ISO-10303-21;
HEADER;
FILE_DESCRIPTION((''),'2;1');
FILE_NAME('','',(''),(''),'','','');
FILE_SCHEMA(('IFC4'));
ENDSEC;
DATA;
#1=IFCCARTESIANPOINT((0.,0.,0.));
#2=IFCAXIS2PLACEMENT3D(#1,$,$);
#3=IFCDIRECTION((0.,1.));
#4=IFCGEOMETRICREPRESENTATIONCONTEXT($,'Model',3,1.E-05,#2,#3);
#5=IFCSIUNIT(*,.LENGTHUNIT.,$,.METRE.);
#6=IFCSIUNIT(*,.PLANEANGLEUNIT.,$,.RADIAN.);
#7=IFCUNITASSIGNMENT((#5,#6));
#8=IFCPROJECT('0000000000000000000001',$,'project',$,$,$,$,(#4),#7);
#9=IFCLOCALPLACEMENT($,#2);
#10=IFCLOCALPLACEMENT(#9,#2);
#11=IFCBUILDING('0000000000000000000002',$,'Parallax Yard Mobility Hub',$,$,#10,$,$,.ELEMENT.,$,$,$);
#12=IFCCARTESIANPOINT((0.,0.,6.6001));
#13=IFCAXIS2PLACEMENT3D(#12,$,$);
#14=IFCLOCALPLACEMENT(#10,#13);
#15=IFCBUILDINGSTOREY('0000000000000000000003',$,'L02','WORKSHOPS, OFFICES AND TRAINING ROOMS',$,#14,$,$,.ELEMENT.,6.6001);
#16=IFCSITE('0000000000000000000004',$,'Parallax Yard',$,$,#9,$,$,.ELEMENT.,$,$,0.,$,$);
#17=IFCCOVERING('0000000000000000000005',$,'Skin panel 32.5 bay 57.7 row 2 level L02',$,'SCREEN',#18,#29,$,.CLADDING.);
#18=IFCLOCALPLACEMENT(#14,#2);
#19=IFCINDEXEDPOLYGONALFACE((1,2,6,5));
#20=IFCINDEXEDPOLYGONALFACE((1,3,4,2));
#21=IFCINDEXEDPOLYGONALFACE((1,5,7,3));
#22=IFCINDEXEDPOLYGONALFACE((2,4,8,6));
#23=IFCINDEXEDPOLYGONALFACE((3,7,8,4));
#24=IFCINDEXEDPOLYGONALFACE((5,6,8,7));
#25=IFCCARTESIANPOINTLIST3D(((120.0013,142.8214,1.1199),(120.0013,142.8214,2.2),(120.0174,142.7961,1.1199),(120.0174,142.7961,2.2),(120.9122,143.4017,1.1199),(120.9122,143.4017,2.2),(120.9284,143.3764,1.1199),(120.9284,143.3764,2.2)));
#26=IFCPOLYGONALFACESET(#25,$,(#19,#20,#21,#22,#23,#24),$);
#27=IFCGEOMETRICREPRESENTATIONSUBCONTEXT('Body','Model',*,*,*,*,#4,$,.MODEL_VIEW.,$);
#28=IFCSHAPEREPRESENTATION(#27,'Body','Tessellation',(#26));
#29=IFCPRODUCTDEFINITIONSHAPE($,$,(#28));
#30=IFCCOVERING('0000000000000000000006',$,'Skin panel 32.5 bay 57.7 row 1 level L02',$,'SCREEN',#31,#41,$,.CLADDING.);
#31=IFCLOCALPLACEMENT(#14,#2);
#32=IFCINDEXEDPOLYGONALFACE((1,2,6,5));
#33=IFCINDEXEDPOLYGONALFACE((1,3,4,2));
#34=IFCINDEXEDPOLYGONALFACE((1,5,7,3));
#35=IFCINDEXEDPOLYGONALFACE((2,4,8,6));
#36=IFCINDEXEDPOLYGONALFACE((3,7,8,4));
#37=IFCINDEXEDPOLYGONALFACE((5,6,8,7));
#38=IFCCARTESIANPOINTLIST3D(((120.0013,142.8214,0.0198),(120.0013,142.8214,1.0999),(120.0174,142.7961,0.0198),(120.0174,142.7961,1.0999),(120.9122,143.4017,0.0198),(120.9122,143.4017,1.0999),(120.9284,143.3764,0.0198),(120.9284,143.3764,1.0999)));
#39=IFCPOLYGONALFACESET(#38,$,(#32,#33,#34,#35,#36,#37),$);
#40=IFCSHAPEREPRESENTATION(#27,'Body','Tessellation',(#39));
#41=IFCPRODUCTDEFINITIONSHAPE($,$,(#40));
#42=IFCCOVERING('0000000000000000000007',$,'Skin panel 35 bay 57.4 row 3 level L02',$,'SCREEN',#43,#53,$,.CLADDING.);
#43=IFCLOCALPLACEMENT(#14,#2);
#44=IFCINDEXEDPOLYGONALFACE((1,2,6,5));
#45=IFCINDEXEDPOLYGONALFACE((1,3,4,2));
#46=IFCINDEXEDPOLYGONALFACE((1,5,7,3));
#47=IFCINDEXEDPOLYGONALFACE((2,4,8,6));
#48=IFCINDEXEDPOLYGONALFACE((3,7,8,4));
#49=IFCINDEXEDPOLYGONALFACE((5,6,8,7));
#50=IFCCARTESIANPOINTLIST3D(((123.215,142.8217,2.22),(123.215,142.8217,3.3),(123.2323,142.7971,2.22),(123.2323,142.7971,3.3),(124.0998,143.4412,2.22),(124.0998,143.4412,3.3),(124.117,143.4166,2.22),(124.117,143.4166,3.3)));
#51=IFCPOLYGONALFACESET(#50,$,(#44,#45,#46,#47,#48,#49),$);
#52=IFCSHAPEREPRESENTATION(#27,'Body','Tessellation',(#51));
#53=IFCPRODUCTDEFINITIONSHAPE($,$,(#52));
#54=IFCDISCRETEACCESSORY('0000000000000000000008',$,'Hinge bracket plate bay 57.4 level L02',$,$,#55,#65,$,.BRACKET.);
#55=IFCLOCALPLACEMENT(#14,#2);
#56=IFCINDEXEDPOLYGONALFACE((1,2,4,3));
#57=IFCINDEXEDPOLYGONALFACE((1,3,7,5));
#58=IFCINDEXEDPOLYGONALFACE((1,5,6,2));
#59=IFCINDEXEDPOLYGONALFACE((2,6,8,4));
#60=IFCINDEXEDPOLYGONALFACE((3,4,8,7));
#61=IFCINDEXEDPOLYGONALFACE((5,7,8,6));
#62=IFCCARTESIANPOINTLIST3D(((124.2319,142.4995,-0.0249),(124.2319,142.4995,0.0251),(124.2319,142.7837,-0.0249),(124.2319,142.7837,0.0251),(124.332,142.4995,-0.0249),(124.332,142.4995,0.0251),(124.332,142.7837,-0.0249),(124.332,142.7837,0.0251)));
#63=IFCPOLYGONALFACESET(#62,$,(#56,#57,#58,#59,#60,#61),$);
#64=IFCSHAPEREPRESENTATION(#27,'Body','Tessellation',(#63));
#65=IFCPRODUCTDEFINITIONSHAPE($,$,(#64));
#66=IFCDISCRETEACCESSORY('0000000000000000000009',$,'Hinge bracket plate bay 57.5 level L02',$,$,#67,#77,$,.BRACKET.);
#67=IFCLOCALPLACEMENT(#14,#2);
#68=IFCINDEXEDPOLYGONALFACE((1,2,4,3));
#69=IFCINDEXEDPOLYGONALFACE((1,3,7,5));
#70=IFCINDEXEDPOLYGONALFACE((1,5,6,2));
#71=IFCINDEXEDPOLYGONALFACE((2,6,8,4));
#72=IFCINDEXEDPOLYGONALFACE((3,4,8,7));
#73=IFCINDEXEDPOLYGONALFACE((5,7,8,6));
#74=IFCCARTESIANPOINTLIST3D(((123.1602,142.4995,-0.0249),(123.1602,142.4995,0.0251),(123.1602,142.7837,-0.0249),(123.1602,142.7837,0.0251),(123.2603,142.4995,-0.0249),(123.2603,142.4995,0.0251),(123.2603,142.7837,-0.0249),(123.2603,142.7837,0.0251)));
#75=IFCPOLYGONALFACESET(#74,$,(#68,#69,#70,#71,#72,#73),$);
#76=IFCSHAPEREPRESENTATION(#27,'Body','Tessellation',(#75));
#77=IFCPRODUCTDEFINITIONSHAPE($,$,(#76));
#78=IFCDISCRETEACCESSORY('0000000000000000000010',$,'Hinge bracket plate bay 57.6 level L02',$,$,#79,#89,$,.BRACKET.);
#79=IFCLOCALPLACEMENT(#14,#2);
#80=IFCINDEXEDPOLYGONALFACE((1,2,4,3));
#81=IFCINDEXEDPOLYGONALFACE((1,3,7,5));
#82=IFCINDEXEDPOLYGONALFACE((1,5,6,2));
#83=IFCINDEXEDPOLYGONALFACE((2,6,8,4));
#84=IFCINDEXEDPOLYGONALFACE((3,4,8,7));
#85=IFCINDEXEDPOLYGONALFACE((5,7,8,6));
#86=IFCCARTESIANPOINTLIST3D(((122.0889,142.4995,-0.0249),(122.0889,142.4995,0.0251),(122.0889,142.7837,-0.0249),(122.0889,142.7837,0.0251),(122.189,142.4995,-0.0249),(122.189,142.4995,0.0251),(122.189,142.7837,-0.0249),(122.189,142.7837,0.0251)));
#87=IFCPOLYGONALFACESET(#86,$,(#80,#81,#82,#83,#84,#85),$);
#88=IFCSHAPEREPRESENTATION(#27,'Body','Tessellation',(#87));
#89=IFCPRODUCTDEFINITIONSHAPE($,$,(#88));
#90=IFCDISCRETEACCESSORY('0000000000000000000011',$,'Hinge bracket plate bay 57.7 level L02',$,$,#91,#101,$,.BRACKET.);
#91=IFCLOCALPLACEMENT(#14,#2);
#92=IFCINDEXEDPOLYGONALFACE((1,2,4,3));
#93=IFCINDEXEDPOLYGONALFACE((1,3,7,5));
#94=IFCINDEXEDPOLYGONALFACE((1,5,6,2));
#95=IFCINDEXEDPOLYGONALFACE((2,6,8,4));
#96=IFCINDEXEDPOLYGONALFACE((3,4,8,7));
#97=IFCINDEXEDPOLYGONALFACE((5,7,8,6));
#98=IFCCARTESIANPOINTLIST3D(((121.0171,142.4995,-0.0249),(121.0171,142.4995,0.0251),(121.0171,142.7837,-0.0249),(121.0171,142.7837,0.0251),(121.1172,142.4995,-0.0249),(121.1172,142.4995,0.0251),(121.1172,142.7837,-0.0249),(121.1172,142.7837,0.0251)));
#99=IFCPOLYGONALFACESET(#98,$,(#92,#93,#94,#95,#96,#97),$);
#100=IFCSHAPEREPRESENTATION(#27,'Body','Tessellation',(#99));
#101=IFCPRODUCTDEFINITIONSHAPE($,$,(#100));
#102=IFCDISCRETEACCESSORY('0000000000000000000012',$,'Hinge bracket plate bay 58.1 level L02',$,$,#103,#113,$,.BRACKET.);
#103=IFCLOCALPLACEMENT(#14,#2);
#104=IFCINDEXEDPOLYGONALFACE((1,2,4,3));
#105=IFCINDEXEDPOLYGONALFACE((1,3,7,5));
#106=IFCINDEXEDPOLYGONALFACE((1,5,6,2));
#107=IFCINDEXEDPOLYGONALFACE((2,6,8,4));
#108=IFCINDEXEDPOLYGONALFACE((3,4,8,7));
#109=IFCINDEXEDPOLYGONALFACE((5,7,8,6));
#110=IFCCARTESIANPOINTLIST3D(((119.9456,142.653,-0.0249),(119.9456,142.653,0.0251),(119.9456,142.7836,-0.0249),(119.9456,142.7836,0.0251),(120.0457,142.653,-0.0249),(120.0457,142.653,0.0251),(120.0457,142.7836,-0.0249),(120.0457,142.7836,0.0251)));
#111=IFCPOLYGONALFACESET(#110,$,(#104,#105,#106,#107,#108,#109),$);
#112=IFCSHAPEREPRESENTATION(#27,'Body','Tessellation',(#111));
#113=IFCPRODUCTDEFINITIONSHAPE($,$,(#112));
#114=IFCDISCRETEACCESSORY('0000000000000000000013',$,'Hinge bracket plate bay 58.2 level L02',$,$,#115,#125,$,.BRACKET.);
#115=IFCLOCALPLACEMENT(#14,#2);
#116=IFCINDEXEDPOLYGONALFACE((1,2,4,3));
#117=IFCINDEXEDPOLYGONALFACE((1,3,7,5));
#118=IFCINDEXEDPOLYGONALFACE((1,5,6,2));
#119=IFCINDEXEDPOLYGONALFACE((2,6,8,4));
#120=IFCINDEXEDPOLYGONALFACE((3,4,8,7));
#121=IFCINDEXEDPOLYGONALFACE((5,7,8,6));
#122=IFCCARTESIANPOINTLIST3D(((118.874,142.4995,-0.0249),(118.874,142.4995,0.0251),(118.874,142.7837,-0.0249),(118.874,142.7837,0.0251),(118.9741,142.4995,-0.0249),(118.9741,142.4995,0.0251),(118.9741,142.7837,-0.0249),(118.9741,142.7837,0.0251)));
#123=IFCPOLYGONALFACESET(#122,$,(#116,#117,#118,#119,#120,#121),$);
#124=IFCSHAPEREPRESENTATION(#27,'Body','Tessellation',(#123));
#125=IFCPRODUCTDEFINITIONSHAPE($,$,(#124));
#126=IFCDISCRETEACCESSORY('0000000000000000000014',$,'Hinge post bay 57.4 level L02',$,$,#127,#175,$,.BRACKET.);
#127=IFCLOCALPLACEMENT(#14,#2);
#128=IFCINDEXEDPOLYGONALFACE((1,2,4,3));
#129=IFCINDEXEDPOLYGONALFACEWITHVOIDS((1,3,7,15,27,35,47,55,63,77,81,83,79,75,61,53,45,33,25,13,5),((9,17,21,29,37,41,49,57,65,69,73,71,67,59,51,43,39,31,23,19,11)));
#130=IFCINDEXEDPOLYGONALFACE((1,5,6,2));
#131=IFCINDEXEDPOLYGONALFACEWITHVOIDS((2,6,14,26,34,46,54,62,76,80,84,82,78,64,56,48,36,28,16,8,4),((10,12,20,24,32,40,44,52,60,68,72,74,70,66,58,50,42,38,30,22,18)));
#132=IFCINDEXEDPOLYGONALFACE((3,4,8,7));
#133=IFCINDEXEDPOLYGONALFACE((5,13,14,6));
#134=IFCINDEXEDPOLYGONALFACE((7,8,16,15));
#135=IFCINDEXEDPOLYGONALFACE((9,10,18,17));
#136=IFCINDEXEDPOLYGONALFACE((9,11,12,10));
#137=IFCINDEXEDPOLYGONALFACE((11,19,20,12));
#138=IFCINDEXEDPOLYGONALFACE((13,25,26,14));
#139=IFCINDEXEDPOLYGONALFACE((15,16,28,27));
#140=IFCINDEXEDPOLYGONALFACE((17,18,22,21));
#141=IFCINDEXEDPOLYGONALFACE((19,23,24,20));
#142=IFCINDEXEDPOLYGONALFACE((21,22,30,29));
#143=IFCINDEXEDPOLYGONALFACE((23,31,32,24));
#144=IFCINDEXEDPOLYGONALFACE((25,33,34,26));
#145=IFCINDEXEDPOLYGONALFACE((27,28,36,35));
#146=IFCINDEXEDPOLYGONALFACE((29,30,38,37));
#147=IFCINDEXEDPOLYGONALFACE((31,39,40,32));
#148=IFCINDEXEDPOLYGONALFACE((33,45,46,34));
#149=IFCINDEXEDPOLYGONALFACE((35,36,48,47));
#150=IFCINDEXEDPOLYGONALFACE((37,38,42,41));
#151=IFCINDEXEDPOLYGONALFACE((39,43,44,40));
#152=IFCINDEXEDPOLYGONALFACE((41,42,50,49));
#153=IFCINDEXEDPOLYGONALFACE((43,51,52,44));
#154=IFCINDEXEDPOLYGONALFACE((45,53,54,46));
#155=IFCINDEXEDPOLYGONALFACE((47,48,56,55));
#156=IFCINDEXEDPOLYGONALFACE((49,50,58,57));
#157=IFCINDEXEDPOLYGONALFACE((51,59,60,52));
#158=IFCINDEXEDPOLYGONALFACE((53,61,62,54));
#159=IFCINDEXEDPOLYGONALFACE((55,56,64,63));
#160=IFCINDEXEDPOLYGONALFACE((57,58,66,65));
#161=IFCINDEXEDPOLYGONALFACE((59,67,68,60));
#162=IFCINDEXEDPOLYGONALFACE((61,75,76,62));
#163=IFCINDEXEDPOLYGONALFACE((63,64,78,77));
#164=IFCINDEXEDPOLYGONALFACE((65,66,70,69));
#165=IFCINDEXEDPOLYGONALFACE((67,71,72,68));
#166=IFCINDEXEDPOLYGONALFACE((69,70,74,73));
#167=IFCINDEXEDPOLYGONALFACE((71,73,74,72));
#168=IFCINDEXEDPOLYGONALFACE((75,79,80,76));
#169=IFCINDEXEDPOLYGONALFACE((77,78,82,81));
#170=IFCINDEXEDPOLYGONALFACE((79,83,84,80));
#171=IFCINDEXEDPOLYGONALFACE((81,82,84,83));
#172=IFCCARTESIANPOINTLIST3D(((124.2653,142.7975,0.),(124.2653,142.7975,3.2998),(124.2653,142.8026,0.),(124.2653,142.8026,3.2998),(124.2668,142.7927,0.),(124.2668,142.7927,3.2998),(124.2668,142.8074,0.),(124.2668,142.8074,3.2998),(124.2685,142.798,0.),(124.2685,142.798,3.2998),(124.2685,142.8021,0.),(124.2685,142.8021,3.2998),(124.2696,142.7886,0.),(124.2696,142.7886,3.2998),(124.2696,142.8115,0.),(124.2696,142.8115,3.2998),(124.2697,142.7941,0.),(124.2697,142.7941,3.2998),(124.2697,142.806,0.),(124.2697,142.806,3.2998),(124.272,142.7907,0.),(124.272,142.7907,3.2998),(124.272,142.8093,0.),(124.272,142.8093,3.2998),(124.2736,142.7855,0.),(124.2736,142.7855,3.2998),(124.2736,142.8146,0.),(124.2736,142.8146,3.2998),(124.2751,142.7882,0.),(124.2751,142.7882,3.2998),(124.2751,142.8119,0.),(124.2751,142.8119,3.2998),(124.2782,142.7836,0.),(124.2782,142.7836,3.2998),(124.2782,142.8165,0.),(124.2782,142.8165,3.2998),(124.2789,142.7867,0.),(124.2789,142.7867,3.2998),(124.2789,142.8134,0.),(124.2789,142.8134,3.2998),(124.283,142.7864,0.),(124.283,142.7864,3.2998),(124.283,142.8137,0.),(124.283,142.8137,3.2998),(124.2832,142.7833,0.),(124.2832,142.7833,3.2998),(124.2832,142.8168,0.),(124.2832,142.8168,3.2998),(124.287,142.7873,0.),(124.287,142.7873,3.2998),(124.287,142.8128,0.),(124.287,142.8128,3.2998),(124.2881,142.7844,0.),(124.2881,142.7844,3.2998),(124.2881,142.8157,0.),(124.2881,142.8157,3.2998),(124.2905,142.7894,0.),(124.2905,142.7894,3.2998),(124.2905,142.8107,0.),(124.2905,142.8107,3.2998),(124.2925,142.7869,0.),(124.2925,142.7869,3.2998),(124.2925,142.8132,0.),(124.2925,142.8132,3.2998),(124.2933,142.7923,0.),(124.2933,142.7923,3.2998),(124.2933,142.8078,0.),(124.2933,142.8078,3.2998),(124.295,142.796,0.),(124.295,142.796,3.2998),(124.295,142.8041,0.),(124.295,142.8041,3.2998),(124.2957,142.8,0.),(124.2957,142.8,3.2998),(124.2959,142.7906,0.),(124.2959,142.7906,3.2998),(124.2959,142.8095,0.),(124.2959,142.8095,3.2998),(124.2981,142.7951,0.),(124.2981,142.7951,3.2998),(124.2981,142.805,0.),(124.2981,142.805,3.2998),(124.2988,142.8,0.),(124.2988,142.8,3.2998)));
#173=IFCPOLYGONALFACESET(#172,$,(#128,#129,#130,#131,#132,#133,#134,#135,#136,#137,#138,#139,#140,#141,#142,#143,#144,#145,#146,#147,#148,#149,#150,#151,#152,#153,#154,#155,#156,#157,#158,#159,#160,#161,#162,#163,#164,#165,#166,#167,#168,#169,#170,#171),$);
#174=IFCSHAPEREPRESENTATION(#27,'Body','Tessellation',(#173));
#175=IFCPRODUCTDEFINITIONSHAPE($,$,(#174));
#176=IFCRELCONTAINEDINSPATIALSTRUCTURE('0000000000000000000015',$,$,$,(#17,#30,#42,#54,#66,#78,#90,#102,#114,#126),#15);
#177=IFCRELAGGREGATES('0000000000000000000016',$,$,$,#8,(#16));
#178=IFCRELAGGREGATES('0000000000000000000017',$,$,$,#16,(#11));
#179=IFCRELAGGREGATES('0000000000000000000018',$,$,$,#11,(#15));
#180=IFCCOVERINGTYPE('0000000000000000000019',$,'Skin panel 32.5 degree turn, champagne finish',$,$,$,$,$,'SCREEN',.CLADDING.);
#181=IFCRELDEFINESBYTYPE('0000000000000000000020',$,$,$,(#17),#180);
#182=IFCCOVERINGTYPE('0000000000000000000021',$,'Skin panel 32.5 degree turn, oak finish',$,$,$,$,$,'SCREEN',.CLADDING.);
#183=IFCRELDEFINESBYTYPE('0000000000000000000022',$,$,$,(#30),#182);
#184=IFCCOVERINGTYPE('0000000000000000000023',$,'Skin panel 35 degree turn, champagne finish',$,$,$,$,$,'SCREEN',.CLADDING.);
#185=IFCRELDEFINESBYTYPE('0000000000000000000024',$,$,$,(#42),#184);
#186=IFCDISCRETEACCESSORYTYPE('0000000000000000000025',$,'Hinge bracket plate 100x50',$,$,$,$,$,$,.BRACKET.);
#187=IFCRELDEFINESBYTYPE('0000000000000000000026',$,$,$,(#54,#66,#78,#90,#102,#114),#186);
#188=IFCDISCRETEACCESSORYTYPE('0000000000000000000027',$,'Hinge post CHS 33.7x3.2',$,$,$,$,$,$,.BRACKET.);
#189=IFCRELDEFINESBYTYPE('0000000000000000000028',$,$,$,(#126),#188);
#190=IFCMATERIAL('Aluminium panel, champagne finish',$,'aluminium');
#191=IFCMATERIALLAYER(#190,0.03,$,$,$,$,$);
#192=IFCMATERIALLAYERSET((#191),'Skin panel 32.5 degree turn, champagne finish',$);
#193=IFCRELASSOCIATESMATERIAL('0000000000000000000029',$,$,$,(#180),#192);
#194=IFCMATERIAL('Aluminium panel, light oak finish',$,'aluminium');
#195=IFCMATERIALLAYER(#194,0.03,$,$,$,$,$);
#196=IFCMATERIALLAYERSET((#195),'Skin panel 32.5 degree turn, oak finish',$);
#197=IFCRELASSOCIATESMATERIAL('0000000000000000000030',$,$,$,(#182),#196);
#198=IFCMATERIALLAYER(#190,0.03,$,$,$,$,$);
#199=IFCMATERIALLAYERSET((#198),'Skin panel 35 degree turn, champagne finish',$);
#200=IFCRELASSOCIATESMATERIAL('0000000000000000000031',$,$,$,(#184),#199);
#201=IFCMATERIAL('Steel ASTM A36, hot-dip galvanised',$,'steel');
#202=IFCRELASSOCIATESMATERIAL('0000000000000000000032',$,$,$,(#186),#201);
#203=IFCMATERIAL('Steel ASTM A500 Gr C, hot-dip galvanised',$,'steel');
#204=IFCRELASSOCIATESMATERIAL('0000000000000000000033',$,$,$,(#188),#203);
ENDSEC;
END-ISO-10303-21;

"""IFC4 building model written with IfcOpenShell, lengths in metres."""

from ifc_helpers import new_model, si_unit, direction, frame, origin, origin_2d, place, context, subcontext, project, spatial, rectangle, hollow_circle, extrude, material, layer, layer_set, material_profile, profile_set, type_object, element, save


model = new_model("IFC4")

# Units and contexts
model_context = context("Model", 3, precision=1e-05, world=origin(), true_north=direction((0.0, 1.0)))
body_context = subcontext(model_context, "Body", "Model", "MODEL_VIEW")
ifc_project = project(units=[si_unit("LENGTHUNIT", "METRE"), si_unit("PLANEANGLEUNIT", "RADIAN")], contexts=[model_context])

# Site, building, storey
site_placement = place(None, origin())
site = spatial("IfcSite", under=ifc_project, at=site_placement, Name="Parallax Yard", CompositionType="ELEMENT", RefElevation=0.0)
building_placement = place(site_placement, origin())
building = spatial("IfcBuilding", under=site, at=building_placement, Name="Parallax Yard Mobility Hub", CompositionType="ELEMENT")
storey_placement = place(building_placement, frame((0.0, 0.0, 6.6001)))
storey = spatial("IfcBuildingStorey", under=building, at=storey_placement, Name="L02", Description="WORKSHOPS, OFFICES AND TRAINING ROOMS", CompositionType="ELEMENT", Elevation=6.6001)

# Coverings
ifc_material_1 = material(Name="Aluminium panel, champagne finish", Category="aluminium")
ifc_material_2 = material(Name="Aluminium panel, light oak finish", Category="aluminium")
ifc_layer_1 = layer(ifc_material_1, 0.03)
ifc_layer_set_1 = layer_set([ifc_layer_1], Name="Skin panel 32.5 degree turn, champagne finish")
covering_type_1 = type_object("IfcCoveringType", Name="Skin panel 32.5 degree turn, champagne finish", ElementType="SCREEN", PredefinedType="CLADDING", material=ifc_layer_set_1)
for number, where, z_axis, x_axis, name in (
    (1, (120.4648, 143.0989, 1.1199), (0.0, 0.0, 1.0), (0.843391, 0.5373, 0.0), "Skin panel 32.5 bay 57.7 row 2 level L02"),
):
    element("IfcCovering", number, at=place(storey_placement, frame(where, z_axis=z_axis, x_axis=x_axis)), inside=storey, type_object=covering_type_1, Name=name, ObjectType="SCREEN", PredefinedType="CLADDING", context=body_context, shape_type="SweptSolid", body=[
        extrude(rectangle(XDim=1.0801, YDim=0.03, at=origin_2d()), origin(), (0.0, 0.0, 1.0), 1.0801),
    ])
ifc_layer_2 = layer(ifc_material_2, 0.03)
ifc_layer_set_2 = layer_set([ifc_layer_2], Name="Skin panel 32.5 degree turn, oak finish")
covering_type_2 = type_object("IfcCoveringType", Name="Skin panel 32.5 degree turn, oak finish", ElementType="SCREEN", PredefinedType="CLADDING", material=ifc_layer_set_2)
covering_1_placement = place(storey_placement, frame((120.4648, 143.0989, 0.0198), z_axis=(0.0, 0.0, 1.0), x_axis=(0.843391, 0.5373, 0.0)))
element("IfcCovering", 2, at=covering_1_placement, inside=storey, type_object=covering_type_2, Name="Skin panel 32.5 bay 57.7 row 1 level L02", ObjectType="SCREEN", PredefinedType="CLADDING", context=body_context, shape_type="SweptSolid", body=[
    extrude(rectangle(XDim=1.0801, YDim=0.03, at=origin_2d()), origin(), (0.0, 0.0, 1.0), 1.0801),
])
ifc_layer_3 = layer(ifc_material_1, 0.03)
ifc_layer_set_3 = layer_set([ifc_layer_3], Name="Skin panel 35 degree turn, champagne finish")
covering_type_3 = type_object("IfcCoveringType", Name="Skin panel 35 degree turn, champagne finish", ElementType="SCREEN", PredefinedType="CLADDING", material=ifc_layer_set_3)
covering_2_placement = place(storey_placement, frame((123.666, 143.1191, 2.22), z_axis=(0.0, 0.0, 1.0), x_axis=(0.819152, 0.573576, 0.0)))
element("IfcCovering", 3, at=covering_2_placement, inside=storey, type_object=covering_type_3, Name="Skin panel 35 bay 57.4 row 3 level L02", ObjectType="SCREEN", PredefinedType="CLADDING", context=body_context, shape_type="SweptSolid", body=[
    extrude(rectangle(XDim=1.0801, YDim=0.03, at=origin_2d()), origin(), (0.0, 0.0, 1.0), 1.0801),
])

# Discrete accessories
ifc_material_3 = material(Name="Steel ASTM A36, hot-dip galvanised", Category="steel")
discrete_accessory_type_1 = type_object("IfcDiscreteAccessoryType", Name="Hinge bracket plate 100x50", PredefinedType="BRACKET", material=ifc_material_3)
for number, where, z_axis, x_axis, name in (
    (4, (124.282, 142.6416, -0.0249), (0.0, 0.0, 1.0), (0.0, 1.0, 0.0), "Hinge bracket plate bay 57.4 level L02"),
    (5, (123.2102, 142.6416, -0.0249), (0.0, 0.0, 1.0), (0.0, 1.0, 0.0), "Hinge bracket plate bay 57.5 level L02"),
    (6, (122.1389, 142.6416, -0.0249), (0.0, 0.0, 1.0), (0.0, 1.0, 0.0), "Hinge bracket plate bay 57.6 level L02"),
    (7, (121.0671, 142.6416, -0.0249), (0.0, 0.0, 1.0), (0.0, 1.0, 0.0), "Hinge bracket plate bay 57.7 level L02"),
):
    element("IfcDiscreteAccessory", number, at=place(storey_placement, frame(where, z_axis=z_axis, x_axis=x_axis)), inside=storey, type_object=discrete_accessory_type_1, Name=name, PredefinedType="BRACKET", context=body_context, shape_type="SweptSolid", body=[
        extrude(rectangle(XDim=0.2842, YDim=0.1001, at=origin_2d()), origin(), (0.0, 0.0, 1.0), 0.05),
    ])
discrete_accessory_1_placement = place(storey_placement, frame((119.9956, 142.7183, -0.0249), z_axis=(0.0, 0.0, 1.0), x_axis=(0.0, 1.0, 0.0)))
element("IfcDiscreteAccessory", 8, at=discrete_accessory_1_placement, inside=storey, type_object=discrete_accessory_type_1, Name="Hinge bracket plate bay 58.1 level L02", PredefinedType="BRACKET", context=body_context, shape_type="SweptSolid", body=[
    extrude(rectangle(XDim=0.1306, YDim=0.1001, at=origin_2d()), origin(), (0.0, 0.0, 1.0), 0.05),
])
discrete_accessory_2_placement = place(storey_placement, frame((118.9241, 142.6416, -0.0249), z_axis=(0.0, 0.0, 1.0), x_axis=(0.0, 1.0, 0.0)))
element("IfcDiscreteAccessory", 9, at=discrete_accessory_2_placement, inside=storey, type_object=discrete_accessory_type_1, Name="Hinge bracket plate bay 58.2 level L02", PredefinedType="BRACKET", context=body_context, shape_type="SweptSolid", body=[
    extrude(rectangle(XDim=0.2842, YDim=0.1001, at=origin_2d()), origin(), (0.0, 0.0, 1.0), 0.05),
])
ifc_material_4 = material(Name="Steel ASTM A500 Gr C, hot-dip galvanised", Category="steel")
ifc_material_profile = material_profile(ifc_material_4, hollow_circle(Radius=0.0168, WallThickness=0.0032, at=origin_2d()), Name="CHS 33.7x3.2")
ifc_profile_set = profile_set([ifc_material_profile], Name="Steel ASTM A500 Gr C, hot-dip galvanised")
discrete_accessory_type_2 = type_object("IfcDiscreteAccessoryType", Name="Hinge post CHS 33.7x3.2", PredefinedType="BRACKET", material=ifc_profile_set)
for number, where, z_axis, x_axis, name in (
    (10, (124.282, 142.8, 0.0), (0.0, 0.0, 1.0), (1.0, 0.0, 0.0), "Hinge post bay 57.4 level L02"),
):
    element("IfcDiscreteAccessory", number, at=place(storey_placement, frame(where, z_axis=z_axis, x_axis=x_axis)), inside=storey, type_object=discrete_accessory_type_2, Name=name, PredefinedType="BRACKET", context=body_context, shape_type="SweptSolid", body=[
        extrude(hollow_circle(Radius=0.0168, WallThickness=0.0032, at=origin_2d()), origin(), (0.0, 0.0, 1.0), 3.2998),
    ])

save(model, "model.ifc")
